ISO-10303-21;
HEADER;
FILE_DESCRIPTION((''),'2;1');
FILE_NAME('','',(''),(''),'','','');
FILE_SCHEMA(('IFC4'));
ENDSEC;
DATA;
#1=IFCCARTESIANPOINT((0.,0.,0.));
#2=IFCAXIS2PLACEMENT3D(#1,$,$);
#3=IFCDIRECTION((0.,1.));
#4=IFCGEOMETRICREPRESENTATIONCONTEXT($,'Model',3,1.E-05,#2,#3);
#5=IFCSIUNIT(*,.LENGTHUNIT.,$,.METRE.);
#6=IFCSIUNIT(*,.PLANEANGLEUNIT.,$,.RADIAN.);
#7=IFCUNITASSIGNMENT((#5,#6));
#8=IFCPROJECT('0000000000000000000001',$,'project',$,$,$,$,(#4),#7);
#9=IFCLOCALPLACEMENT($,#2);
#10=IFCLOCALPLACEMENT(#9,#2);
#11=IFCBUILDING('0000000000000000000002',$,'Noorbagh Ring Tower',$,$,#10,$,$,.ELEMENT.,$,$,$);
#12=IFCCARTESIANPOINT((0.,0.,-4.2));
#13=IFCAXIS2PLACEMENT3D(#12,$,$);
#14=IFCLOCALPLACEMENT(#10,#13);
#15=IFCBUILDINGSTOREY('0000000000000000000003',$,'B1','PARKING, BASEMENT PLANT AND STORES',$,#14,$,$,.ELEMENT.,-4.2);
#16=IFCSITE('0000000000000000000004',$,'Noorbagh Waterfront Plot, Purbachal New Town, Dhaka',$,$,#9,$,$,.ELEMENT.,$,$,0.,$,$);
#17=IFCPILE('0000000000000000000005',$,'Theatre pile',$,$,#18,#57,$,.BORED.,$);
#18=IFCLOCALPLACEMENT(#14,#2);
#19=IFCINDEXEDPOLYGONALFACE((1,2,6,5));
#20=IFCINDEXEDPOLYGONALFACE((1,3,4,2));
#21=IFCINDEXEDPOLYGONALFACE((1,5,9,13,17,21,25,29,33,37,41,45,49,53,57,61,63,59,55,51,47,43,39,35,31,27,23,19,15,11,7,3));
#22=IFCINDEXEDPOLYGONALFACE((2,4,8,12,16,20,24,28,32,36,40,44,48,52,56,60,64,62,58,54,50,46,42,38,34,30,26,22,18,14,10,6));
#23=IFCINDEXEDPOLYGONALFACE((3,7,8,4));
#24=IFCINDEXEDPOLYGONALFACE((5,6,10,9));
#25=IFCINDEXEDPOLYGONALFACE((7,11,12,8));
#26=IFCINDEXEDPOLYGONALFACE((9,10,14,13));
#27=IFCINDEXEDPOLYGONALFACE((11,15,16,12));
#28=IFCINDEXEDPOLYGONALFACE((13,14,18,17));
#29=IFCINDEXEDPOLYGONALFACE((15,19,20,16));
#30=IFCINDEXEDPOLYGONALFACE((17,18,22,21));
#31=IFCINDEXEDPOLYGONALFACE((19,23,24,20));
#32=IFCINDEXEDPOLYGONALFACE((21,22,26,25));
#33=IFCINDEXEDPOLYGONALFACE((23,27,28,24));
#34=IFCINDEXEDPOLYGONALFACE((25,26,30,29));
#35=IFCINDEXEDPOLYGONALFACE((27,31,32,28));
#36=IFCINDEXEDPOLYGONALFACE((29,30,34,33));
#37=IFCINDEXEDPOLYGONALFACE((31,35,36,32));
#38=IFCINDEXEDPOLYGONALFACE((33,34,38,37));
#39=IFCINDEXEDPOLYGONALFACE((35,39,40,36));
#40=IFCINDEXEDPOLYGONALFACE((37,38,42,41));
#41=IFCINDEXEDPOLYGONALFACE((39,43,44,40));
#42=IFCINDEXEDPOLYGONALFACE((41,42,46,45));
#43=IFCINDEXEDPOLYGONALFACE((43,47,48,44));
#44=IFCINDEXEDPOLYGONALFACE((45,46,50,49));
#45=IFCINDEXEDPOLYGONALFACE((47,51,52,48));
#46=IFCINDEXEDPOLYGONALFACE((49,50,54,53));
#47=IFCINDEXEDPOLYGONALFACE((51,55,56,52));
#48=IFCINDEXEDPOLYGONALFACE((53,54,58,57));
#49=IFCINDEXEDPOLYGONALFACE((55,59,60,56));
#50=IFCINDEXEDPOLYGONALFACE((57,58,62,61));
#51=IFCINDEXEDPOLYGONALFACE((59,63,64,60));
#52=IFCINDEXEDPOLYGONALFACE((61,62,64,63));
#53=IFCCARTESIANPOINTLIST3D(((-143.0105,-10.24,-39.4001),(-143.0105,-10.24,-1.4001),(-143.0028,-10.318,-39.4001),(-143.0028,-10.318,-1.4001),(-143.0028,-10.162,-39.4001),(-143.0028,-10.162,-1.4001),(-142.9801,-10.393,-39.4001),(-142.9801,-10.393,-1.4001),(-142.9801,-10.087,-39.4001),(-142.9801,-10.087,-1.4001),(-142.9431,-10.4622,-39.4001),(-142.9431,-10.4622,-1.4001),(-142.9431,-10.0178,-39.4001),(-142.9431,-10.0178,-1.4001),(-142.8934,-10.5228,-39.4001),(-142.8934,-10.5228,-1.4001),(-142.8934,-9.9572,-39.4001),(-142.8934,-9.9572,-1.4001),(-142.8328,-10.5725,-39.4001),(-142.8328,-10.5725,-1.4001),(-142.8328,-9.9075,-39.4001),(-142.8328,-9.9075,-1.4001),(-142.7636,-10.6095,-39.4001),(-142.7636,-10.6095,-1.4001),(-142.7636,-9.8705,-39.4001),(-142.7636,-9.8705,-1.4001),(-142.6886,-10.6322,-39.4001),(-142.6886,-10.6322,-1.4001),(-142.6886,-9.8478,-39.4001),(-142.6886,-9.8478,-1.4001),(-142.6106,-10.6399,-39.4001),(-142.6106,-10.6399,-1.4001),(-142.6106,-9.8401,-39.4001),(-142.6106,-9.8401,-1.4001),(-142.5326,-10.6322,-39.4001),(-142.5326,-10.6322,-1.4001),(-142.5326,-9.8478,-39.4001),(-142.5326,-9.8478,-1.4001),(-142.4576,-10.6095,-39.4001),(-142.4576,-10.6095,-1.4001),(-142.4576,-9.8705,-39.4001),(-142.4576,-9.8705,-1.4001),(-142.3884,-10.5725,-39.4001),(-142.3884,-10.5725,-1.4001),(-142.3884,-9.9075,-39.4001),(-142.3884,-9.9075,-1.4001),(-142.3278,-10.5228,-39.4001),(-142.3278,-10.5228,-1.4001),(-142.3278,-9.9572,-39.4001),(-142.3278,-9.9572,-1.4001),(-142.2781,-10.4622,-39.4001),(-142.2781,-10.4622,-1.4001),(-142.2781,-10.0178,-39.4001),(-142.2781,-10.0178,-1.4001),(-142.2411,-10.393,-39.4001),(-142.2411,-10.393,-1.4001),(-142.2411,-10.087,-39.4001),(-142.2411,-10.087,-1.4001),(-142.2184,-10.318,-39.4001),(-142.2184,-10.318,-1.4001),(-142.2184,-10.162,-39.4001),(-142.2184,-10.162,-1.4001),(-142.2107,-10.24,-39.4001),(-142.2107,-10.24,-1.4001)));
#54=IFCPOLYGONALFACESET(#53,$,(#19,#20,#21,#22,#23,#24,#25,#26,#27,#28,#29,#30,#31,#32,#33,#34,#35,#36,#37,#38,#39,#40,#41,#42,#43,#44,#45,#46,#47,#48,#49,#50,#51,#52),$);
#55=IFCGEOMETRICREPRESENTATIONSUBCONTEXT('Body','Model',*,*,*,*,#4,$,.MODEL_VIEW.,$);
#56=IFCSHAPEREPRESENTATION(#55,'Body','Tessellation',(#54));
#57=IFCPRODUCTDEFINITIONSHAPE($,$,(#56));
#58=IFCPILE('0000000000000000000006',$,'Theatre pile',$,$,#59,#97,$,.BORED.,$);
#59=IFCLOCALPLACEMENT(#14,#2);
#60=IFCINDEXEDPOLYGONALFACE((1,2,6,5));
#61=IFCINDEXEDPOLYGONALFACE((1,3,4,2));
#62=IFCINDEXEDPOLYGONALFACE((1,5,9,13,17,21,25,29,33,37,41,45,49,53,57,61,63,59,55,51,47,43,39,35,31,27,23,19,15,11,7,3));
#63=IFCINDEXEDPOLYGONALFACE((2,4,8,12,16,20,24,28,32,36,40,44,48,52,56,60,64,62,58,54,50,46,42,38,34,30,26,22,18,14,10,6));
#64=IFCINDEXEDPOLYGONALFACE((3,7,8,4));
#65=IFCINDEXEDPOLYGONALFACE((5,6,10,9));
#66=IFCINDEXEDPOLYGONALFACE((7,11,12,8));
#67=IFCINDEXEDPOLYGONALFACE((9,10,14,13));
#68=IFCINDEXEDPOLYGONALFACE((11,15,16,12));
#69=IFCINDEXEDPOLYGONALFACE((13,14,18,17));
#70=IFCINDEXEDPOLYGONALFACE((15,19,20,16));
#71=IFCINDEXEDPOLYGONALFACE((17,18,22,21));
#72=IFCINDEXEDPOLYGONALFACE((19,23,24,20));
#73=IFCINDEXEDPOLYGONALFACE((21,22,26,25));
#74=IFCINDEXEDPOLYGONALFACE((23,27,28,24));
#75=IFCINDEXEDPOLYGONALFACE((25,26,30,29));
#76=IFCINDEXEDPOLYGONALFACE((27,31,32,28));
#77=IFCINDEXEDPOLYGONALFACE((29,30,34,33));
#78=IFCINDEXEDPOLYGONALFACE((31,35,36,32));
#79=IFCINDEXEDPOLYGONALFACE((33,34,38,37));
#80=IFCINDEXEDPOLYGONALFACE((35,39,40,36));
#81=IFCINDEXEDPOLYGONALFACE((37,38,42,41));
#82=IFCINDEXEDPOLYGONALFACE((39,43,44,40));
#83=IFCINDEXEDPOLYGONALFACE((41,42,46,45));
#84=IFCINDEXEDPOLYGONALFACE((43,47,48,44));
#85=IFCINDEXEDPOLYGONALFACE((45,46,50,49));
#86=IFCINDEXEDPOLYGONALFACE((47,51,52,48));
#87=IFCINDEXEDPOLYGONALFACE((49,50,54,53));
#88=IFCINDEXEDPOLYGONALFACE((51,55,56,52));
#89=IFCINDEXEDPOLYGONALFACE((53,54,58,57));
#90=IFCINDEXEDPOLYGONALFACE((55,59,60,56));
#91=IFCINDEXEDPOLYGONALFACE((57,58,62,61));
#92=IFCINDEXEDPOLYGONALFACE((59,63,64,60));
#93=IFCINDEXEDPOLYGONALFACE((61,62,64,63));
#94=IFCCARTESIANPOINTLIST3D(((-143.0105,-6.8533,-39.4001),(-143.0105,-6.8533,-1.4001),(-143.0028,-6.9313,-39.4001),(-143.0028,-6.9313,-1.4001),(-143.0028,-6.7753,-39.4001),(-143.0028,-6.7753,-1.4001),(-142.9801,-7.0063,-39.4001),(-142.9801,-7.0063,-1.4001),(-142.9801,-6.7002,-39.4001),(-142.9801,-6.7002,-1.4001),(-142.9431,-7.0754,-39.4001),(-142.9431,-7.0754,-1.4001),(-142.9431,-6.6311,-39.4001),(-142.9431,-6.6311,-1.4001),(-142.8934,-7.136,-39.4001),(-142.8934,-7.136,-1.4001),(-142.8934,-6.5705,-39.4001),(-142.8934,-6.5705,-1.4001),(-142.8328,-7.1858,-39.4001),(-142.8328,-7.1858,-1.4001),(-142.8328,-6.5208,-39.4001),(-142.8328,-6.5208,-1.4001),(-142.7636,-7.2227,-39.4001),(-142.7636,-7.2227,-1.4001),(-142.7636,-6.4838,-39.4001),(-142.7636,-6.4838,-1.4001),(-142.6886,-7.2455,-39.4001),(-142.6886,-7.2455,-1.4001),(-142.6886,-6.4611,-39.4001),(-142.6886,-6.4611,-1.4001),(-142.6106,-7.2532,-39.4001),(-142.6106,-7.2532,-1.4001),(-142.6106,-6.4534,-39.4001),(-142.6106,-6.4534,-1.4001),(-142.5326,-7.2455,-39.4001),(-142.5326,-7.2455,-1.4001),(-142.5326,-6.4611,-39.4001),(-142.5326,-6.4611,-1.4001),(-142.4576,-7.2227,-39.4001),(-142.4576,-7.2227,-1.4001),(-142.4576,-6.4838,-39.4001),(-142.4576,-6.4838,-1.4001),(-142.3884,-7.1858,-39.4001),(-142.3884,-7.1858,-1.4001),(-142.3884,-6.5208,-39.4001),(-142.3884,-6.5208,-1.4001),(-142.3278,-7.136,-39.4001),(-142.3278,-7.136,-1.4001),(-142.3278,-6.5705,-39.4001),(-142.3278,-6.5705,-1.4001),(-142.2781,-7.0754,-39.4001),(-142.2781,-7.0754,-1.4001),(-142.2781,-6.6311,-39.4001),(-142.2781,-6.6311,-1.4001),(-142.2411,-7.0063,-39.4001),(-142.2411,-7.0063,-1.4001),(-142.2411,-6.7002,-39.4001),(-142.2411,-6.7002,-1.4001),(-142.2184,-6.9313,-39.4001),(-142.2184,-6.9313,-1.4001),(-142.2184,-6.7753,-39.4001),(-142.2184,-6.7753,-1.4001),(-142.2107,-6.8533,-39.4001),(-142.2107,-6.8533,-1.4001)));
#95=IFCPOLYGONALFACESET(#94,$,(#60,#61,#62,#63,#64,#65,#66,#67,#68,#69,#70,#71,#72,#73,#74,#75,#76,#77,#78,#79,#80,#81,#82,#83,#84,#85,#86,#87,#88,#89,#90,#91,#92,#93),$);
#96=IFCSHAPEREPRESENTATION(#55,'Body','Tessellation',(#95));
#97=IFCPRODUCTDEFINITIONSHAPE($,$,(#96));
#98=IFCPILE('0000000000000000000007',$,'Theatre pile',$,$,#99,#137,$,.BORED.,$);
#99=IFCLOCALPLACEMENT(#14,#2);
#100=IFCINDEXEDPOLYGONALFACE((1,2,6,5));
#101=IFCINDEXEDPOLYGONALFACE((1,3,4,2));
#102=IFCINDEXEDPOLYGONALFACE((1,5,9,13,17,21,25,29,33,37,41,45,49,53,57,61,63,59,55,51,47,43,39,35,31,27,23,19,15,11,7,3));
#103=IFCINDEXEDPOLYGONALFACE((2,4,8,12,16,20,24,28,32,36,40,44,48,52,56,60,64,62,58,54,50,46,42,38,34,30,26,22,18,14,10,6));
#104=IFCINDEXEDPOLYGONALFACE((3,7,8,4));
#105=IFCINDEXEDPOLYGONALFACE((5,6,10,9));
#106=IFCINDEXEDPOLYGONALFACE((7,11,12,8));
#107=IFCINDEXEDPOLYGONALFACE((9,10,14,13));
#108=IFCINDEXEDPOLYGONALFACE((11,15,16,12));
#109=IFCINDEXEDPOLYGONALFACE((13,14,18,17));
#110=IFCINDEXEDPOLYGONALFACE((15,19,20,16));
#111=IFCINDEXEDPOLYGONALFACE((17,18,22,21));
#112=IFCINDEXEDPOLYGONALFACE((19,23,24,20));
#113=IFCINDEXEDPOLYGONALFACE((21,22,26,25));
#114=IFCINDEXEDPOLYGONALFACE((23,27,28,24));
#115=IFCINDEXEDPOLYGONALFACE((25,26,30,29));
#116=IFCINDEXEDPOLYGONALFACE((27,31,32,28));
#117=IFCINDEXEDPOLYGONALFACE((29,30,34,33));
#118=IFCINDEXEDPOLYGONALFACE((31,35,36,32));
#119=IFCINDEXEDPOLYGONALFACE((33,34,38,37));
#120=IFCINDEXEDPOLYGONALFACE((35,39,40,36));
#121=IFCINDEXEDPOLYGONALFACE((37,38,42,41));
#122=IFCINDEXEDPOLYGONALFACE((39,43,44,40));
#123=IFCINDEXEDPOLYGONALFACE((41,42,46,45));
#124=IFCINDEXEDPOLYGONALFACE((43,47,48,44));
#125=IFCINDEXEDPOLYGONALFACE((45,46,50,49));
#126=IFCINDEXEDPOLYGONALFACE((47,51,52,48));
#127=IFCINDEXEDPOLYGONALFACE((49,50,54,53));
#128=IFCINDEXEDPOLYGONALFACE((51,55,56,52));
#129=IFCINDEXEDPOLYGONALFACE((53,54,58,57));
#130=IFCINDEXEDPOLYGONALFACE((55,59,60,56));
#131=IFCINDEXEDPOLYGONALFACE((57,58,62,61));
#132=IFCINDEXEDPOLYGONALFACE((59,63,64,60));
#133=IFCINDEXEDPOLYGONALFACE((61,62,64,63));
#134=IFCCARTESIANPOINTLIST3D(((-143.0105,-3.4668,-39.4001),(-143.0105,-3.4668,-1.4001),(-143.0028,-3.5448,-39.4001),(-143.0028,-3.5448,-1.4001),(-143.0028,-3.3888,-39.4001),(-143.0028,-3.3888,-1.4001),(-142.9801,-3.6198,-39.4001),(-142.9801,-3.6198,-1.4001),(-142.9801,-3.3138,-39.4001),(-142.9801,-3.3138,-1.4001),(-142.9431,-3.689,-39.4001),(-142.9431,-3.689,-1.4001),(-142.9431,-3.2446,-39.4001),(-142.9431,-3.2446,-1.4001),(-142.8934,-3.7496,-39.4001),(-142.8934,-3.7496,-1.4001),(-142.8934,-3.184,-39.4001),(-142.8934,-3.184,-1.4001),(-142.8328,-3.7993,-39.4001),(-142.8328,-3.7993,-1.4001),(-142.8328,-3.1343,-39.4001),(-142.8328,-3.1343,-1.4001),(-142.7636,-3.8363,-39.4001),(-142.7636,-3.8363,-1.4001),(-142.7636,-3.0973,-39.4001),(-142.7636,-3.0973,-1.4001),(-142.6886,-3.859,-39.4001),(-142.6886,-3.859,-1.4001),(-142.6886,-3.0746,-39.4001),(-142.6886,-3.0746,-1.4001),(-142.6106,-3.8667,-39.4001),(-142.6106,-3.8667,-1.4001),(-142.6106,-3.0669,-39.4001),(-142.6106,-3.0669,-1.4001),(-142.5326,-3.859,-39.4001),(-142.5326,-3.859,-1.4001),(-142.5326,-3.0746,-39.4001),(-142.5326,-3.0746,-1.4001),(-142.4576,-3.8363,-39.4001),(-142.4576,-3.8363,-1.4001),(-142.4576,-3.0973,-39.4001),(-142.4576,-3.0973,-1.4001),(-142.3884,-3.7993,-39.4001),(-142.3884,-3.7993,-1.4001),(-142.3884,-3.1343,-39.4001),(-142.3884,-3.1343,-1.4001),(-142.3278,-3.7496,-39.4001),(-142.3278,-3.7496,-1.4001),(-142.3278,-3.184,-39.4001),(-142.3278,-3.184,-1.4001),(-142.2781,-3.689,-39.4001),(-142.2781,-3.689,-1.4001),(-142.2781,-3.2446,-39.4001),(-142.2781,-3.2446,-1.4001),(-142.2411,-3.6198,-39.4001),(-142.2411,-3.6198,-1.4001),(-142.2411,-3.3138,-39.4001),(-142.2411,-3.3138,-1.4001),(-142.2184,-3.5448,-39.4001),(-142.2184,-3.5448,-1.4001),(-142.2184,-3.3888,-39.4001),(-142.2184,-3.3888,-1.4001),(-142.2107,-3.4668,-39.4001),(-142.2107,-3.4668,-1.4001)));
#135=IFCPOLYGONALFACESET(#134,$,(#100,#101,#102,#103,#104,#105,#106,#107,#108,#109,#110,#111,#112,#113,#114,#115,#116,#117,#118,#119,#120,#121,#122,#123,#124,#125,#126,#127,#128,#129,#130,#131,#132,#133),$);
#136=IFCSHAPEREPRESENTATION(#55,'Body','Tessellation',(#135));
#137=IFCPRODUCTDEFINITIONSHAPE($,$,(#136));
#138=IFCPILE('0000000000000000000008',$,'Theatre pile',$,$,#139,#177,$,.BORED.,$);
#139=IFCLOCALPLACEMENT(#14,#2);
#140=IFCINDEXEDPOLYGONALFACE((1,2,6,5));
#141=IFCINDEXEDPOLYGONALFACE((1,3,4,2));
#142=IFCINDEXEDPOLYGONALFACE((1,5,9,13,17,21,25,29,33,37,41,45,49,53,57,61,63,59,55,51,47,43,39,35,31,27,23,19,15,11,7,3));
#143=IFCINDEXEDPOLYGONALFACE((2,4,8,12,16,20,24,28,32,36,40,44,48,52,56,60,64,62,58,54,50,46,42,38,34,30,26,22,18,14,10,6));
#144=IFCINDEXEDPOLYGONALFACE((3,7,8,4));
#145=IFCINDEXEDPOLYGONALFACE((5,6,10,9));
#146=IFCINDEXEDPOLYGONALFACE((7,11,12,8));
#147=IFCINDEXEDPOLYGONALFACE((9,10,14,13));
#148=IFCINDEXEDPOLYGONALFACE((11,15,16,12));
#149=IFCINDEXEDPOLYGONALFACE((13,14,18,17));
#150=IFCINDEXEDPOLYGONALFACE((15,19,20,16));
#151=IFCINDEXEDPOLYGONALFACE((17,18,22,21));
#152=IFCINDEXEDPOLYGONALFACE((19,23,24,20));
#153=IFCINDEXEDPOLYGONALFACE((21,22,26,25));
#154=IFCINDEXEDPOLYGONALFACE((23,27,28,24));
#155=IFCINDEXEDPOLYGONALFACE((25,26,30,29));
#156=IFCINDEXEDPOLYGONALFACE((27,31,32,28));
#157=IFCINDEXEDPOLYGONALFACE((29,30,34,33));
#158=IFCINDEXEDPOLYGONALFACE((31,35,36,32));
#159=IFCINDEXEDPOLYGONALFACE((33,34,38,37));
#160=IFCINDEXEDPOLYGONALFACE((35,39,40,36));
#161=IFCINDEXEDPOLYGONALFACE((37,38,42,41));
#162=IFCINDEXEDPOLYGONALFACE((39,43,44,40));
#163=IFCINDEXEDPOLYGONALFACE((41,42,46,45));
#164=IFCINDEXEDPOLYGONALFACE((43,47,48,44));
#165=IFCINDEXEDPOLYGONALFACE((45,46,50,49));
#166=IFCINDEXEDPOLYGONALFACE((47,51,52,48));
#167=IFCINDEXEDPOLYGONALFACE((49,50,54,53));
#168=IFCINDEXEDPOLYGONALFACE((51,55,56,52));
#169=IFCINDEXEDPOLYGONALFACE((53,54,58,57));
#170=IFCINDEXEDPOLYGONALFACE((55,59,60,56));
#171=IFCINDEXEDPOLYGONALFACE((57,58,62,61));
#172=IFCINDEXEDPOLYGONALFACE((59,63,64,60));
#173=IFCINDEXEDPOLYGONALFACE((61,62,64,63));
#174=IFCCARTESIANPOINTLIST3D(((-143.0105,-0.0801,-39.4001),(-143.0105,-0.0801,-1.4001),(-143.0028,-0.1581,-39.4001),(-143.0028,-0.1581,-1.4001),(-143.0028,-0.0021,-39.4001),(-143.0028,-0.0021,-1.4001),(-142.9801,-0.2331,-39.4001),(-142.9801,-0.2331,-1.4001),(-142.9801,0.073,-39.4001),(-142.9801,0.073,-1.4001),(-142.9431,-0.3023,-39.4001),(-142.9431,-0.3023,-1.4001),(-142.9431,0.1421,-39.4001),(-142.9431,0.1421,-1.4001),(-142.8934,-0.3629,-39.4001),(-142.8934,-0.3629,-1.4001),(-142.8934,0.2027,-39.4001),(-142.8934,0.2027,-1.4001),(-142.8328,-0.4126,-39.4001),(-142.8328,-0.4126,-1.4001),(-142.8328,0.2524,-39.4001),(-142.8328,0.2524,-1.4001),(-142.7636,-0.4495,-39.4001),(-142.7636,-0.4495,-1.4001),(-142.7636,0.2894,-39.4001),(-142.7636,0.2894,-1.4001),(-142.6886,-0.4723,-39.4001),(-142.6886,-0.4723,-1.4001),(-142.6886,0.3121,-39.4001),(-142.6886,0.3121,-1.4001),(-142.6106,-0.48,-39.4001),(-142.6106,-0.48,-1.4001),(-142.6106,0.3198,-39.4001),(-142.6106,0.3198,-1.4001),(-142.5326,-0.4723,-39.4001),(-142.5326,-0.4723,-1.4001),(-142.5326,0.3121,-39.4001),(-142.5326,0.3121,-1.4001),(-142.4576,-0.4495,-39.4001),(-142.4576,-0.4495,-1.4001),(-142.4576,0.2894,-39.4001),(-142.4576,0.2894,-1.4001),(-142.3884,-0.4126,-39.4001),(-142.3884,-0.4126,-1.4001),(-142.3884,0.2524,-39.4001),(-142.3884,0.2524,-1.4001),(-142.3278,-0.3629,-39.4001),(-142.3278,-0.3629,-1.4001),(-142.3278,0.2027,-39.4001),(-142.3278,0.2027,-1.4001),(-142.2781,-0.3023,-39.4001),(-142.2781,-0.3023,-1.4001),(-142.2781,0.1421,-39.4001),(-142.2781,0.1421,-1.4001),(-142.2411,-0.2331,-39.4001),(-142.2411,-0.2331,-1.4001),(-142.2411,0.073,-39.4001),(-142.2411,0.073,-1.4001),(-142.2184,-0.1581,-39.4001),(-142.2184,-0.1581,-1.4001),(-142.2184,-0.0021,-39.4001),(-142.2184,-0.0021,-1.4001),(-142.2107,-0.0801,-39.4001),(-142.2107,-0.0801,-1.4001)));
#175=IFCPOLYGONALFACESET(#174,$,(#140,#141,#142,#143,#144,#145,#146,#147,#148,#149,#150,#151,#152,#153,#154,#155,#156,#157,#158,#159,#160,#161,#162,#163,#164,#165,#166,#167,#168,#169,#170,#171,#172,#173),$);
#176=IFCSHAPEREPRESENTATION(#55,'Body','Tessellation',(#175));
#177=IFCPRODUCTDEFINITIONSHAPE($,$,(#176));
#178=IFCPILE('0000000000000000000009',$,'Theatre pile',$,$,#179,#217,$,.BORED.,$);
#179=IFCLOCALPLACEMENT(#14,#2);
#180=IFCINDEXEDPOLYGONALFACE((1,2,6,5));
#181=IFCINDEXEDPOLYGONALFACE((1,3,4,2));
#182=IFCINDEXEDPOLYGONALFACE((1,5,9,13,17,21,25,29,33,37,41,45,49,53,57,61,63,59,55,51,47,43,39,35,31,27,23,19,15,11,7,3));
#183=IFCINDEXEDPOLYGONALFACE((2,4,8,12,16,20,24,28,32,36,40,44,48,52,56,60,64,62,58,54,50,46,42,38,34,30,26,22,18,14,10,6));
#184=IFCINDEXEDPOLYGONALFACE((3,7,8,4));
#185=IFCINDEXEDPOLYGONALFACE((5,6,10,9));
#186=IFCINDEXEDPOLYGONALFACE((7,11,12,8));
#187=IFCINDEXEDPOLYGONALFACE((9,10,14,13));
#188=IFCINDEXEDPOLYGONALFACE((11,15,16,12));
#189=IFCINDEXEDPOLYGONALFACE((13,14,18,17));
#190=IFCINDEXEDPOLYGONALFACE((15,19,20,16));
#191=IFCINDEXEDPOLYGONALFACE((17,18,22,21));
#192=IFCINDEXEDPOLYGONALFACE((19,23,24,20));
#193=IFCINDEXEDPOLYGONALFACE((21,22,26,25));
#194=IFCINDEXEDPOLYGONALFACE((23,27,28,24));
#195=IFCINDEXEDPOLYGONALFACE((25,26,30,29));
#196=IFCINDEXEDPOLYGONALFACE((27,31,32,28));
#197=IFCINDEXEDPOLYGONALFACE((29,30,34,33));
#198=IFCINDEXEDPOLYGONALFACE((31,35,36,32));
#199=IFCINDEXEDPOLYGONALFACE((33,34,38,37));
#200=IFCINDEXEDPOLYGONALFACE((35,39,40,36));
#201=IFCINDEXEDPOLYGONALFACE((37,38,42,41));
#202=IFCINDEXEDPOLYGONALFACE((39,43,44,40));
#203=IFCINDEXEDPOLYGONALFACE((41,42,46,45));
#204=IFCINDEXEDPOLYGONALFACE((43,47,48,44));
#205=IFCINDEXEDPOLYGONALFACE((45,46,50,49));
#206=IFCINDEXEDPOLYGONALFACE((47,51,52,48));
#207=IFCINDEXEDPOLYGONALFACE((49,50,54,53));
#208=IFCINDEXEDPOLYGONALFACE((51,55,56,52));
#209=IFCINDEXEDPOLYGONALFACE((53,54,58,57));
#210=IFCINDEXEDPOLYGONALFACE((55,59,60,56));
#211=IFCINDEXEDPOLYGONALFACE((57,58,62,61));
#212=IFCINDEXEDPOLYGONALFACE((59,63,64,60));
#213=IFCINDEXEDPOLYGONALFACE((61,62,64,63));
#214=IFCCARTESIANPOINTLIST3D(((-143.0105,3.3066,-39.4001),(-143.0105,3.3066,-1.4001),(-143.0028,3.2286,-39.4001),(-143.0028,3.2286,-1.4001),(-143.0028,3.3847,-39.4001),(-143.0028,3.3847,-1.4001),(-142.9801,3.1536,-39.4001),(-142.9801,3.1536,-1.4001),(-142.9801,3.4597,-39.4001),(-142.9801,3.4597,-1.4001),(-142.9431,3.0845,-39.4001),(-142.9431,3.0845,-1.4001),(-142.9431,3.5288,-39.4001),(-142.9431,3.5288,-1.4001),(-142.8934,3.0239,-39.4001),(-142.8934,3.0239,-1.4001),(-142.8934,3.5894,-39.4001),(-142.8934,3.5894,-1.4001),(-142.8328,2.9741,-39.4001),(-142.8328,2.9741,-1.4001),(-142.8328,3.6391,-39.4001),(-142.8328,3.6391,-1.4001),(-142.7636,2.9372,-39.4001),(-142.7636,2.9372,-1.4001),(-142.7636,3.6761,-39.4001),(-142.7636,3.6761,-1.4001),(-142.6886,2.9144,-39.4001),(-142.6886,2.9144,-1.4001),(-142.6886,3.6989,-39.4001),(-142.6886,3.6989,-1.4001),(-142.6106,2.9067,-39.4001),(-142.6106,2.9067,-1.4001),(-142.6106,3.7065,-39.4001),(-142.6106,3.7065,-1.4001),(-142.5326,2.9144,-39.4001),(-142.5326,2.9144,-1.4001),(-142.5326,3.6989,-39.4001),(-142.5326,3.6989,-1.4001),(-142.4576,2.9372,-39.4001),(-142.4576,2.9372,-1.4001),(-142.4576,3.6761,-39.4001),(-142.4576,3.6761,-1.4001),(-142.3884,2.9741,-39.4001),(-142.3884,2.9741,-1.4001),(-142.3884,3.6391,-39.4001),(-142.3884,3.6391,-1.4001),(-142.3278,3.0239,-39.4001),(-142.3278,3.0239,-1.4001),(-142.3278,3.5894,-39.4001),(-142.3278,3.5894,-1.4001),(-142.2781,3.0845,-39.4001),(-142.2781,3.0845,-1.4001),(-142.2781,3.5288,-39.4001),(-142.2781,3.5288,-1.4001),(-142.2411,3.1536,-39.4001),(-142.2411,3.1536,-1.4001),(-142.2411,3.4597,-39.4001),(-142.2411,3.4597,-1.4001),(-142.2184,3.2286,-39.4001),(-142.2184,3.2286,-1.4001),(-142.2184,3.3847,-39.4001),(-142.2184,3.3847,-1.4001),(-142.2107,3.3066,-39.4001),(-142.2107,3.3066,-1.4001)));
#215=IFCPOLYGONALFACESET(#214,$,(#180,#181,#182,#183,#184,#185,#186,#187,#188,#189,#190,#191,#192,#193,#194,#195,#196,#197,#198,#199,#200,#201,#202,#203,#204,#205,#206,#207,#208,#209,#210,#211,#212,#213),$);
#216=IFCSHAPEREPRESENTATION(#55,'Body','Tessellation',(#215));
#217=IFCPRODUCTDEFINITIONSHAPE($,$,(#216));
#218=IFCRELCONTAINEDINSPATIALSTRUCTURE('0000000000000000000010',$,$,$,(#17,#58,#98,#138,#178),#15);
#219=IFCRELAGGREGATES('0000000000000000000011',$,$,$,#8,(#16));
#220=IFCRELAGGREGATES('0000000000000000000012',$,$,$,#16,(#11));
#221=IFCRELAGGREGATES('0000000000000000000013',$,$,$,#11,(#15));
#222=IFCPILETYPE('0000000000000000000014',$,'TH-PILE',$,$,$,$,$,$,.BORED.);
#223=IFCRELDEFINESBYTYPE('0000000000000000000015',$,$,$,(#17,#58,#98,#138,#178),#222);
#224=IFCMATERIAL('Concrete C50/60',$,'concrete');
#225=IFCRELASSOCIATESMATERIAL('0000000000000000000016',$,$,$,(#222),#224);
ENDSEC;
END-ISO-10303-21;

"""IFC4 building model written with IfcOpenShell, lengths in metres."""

from ifc_helpers import new_model, si_unit, direction, frame, origin, origin_2d, place, context, subcontext, project, spatial, circle, extrude, material, material_profile, profile_set, type_object, element, save


model = new_model("IFC4")

# Units and contexts
model_context = context("Model", 3, precision=1e-05, world=origin(), true_north=direction((0.0, 1.0)))
body_context = subcontext(model_context, "Body", "Model", "MODEL_VIEW")
ifc_project = project(units=[si_unit("LENGTHUNIT", "METRE"), si_unit("PLANEANGLEUNIT", "RADIAN")], contexts=[model_context])

# Site, building, storey
site_placement = place(None, origin())
site = spatial("IfcSite", under=ifc_project, at=site_placement, Name="Noorbagh Waterfront Plot, Purbachal New Town, Dhaka", CompositionType="ELEMENT", RefElevation=0.0)
building_placement = place(site_placement, origin())
building = spatial("IfcBuilding", under=site, at=building_placement, Name="Noorbagh Ring Tower", CompositionType="ELEMENT")
storey_placement = place(building_placement, frame((0.0, 0.0, -4.2)))
storey = spatial("IfcBuildingStorey", under=building, at=storey_placement, Name="B1", Description="PARKING, BASEMENT PLANT AND STORES", CompositionType="ELEMENT", Elevation=-4.2)

# Piles
ifc_material_1 = material(Name="Concrete C50/60", Category="concrete")
ifc_material_profile_1 = material_profile(ifc_material_1, circle(Radius=0.3999, at=origin_2d()), Name="PILE800")
ifc_profile_set_1 = profile_set([ifc_material_profile_1], Name="Concrete C50/60")
pile_type = type_object("IfcPileType", Name="TH-PILE", PredefinedType="BORED", material=ifc_profile_set_1)
for number, where, z_axis, x_axis, name in (
    (1, (-142.6106, -10.24, -1.4001), (0.0, 0.0, -1.0), (1.0, 0.0, 0.0), "Theatre pile"),
    (2, (-142.6106, -6.8533, -1.4001), (0.0, 0.0, -1.0), (1.0, 0.0, 0.0), "Theatre pile"),
    (3, (-142.6106, -3.4668, -1.4001), (0.0, 0.0, -1.0), (1.0, 0.0, 0.0), "Theatre pile"),
    (4, (-142.6106, -0.0801, -1.4001), (0.0, 0.0, -1.0), (1.0, 0.0, 0.0), "Theatre pile"),
    (5, (-142.6106, 3.3066, -1.4001), (0.0, 0.0, -1.0), (1.0, 0.0, 0.0), "Theatre pile"),
):
    element("IfcPile", number, at=place(storey_placement, frame(where, z_axis=z_axis, x_axis=x_axis)), inside=storey, type_object=pile_type, Name=name, PredefinedType="BORED", context=body_context, shape_type="SweptSolid", body=[
        extrude(circle(Radius=0.3999, at=origin_2d()), origin(), (0.0, 0.0, 1.0), 38.0),
    ])

save(model, "model.ifc")
